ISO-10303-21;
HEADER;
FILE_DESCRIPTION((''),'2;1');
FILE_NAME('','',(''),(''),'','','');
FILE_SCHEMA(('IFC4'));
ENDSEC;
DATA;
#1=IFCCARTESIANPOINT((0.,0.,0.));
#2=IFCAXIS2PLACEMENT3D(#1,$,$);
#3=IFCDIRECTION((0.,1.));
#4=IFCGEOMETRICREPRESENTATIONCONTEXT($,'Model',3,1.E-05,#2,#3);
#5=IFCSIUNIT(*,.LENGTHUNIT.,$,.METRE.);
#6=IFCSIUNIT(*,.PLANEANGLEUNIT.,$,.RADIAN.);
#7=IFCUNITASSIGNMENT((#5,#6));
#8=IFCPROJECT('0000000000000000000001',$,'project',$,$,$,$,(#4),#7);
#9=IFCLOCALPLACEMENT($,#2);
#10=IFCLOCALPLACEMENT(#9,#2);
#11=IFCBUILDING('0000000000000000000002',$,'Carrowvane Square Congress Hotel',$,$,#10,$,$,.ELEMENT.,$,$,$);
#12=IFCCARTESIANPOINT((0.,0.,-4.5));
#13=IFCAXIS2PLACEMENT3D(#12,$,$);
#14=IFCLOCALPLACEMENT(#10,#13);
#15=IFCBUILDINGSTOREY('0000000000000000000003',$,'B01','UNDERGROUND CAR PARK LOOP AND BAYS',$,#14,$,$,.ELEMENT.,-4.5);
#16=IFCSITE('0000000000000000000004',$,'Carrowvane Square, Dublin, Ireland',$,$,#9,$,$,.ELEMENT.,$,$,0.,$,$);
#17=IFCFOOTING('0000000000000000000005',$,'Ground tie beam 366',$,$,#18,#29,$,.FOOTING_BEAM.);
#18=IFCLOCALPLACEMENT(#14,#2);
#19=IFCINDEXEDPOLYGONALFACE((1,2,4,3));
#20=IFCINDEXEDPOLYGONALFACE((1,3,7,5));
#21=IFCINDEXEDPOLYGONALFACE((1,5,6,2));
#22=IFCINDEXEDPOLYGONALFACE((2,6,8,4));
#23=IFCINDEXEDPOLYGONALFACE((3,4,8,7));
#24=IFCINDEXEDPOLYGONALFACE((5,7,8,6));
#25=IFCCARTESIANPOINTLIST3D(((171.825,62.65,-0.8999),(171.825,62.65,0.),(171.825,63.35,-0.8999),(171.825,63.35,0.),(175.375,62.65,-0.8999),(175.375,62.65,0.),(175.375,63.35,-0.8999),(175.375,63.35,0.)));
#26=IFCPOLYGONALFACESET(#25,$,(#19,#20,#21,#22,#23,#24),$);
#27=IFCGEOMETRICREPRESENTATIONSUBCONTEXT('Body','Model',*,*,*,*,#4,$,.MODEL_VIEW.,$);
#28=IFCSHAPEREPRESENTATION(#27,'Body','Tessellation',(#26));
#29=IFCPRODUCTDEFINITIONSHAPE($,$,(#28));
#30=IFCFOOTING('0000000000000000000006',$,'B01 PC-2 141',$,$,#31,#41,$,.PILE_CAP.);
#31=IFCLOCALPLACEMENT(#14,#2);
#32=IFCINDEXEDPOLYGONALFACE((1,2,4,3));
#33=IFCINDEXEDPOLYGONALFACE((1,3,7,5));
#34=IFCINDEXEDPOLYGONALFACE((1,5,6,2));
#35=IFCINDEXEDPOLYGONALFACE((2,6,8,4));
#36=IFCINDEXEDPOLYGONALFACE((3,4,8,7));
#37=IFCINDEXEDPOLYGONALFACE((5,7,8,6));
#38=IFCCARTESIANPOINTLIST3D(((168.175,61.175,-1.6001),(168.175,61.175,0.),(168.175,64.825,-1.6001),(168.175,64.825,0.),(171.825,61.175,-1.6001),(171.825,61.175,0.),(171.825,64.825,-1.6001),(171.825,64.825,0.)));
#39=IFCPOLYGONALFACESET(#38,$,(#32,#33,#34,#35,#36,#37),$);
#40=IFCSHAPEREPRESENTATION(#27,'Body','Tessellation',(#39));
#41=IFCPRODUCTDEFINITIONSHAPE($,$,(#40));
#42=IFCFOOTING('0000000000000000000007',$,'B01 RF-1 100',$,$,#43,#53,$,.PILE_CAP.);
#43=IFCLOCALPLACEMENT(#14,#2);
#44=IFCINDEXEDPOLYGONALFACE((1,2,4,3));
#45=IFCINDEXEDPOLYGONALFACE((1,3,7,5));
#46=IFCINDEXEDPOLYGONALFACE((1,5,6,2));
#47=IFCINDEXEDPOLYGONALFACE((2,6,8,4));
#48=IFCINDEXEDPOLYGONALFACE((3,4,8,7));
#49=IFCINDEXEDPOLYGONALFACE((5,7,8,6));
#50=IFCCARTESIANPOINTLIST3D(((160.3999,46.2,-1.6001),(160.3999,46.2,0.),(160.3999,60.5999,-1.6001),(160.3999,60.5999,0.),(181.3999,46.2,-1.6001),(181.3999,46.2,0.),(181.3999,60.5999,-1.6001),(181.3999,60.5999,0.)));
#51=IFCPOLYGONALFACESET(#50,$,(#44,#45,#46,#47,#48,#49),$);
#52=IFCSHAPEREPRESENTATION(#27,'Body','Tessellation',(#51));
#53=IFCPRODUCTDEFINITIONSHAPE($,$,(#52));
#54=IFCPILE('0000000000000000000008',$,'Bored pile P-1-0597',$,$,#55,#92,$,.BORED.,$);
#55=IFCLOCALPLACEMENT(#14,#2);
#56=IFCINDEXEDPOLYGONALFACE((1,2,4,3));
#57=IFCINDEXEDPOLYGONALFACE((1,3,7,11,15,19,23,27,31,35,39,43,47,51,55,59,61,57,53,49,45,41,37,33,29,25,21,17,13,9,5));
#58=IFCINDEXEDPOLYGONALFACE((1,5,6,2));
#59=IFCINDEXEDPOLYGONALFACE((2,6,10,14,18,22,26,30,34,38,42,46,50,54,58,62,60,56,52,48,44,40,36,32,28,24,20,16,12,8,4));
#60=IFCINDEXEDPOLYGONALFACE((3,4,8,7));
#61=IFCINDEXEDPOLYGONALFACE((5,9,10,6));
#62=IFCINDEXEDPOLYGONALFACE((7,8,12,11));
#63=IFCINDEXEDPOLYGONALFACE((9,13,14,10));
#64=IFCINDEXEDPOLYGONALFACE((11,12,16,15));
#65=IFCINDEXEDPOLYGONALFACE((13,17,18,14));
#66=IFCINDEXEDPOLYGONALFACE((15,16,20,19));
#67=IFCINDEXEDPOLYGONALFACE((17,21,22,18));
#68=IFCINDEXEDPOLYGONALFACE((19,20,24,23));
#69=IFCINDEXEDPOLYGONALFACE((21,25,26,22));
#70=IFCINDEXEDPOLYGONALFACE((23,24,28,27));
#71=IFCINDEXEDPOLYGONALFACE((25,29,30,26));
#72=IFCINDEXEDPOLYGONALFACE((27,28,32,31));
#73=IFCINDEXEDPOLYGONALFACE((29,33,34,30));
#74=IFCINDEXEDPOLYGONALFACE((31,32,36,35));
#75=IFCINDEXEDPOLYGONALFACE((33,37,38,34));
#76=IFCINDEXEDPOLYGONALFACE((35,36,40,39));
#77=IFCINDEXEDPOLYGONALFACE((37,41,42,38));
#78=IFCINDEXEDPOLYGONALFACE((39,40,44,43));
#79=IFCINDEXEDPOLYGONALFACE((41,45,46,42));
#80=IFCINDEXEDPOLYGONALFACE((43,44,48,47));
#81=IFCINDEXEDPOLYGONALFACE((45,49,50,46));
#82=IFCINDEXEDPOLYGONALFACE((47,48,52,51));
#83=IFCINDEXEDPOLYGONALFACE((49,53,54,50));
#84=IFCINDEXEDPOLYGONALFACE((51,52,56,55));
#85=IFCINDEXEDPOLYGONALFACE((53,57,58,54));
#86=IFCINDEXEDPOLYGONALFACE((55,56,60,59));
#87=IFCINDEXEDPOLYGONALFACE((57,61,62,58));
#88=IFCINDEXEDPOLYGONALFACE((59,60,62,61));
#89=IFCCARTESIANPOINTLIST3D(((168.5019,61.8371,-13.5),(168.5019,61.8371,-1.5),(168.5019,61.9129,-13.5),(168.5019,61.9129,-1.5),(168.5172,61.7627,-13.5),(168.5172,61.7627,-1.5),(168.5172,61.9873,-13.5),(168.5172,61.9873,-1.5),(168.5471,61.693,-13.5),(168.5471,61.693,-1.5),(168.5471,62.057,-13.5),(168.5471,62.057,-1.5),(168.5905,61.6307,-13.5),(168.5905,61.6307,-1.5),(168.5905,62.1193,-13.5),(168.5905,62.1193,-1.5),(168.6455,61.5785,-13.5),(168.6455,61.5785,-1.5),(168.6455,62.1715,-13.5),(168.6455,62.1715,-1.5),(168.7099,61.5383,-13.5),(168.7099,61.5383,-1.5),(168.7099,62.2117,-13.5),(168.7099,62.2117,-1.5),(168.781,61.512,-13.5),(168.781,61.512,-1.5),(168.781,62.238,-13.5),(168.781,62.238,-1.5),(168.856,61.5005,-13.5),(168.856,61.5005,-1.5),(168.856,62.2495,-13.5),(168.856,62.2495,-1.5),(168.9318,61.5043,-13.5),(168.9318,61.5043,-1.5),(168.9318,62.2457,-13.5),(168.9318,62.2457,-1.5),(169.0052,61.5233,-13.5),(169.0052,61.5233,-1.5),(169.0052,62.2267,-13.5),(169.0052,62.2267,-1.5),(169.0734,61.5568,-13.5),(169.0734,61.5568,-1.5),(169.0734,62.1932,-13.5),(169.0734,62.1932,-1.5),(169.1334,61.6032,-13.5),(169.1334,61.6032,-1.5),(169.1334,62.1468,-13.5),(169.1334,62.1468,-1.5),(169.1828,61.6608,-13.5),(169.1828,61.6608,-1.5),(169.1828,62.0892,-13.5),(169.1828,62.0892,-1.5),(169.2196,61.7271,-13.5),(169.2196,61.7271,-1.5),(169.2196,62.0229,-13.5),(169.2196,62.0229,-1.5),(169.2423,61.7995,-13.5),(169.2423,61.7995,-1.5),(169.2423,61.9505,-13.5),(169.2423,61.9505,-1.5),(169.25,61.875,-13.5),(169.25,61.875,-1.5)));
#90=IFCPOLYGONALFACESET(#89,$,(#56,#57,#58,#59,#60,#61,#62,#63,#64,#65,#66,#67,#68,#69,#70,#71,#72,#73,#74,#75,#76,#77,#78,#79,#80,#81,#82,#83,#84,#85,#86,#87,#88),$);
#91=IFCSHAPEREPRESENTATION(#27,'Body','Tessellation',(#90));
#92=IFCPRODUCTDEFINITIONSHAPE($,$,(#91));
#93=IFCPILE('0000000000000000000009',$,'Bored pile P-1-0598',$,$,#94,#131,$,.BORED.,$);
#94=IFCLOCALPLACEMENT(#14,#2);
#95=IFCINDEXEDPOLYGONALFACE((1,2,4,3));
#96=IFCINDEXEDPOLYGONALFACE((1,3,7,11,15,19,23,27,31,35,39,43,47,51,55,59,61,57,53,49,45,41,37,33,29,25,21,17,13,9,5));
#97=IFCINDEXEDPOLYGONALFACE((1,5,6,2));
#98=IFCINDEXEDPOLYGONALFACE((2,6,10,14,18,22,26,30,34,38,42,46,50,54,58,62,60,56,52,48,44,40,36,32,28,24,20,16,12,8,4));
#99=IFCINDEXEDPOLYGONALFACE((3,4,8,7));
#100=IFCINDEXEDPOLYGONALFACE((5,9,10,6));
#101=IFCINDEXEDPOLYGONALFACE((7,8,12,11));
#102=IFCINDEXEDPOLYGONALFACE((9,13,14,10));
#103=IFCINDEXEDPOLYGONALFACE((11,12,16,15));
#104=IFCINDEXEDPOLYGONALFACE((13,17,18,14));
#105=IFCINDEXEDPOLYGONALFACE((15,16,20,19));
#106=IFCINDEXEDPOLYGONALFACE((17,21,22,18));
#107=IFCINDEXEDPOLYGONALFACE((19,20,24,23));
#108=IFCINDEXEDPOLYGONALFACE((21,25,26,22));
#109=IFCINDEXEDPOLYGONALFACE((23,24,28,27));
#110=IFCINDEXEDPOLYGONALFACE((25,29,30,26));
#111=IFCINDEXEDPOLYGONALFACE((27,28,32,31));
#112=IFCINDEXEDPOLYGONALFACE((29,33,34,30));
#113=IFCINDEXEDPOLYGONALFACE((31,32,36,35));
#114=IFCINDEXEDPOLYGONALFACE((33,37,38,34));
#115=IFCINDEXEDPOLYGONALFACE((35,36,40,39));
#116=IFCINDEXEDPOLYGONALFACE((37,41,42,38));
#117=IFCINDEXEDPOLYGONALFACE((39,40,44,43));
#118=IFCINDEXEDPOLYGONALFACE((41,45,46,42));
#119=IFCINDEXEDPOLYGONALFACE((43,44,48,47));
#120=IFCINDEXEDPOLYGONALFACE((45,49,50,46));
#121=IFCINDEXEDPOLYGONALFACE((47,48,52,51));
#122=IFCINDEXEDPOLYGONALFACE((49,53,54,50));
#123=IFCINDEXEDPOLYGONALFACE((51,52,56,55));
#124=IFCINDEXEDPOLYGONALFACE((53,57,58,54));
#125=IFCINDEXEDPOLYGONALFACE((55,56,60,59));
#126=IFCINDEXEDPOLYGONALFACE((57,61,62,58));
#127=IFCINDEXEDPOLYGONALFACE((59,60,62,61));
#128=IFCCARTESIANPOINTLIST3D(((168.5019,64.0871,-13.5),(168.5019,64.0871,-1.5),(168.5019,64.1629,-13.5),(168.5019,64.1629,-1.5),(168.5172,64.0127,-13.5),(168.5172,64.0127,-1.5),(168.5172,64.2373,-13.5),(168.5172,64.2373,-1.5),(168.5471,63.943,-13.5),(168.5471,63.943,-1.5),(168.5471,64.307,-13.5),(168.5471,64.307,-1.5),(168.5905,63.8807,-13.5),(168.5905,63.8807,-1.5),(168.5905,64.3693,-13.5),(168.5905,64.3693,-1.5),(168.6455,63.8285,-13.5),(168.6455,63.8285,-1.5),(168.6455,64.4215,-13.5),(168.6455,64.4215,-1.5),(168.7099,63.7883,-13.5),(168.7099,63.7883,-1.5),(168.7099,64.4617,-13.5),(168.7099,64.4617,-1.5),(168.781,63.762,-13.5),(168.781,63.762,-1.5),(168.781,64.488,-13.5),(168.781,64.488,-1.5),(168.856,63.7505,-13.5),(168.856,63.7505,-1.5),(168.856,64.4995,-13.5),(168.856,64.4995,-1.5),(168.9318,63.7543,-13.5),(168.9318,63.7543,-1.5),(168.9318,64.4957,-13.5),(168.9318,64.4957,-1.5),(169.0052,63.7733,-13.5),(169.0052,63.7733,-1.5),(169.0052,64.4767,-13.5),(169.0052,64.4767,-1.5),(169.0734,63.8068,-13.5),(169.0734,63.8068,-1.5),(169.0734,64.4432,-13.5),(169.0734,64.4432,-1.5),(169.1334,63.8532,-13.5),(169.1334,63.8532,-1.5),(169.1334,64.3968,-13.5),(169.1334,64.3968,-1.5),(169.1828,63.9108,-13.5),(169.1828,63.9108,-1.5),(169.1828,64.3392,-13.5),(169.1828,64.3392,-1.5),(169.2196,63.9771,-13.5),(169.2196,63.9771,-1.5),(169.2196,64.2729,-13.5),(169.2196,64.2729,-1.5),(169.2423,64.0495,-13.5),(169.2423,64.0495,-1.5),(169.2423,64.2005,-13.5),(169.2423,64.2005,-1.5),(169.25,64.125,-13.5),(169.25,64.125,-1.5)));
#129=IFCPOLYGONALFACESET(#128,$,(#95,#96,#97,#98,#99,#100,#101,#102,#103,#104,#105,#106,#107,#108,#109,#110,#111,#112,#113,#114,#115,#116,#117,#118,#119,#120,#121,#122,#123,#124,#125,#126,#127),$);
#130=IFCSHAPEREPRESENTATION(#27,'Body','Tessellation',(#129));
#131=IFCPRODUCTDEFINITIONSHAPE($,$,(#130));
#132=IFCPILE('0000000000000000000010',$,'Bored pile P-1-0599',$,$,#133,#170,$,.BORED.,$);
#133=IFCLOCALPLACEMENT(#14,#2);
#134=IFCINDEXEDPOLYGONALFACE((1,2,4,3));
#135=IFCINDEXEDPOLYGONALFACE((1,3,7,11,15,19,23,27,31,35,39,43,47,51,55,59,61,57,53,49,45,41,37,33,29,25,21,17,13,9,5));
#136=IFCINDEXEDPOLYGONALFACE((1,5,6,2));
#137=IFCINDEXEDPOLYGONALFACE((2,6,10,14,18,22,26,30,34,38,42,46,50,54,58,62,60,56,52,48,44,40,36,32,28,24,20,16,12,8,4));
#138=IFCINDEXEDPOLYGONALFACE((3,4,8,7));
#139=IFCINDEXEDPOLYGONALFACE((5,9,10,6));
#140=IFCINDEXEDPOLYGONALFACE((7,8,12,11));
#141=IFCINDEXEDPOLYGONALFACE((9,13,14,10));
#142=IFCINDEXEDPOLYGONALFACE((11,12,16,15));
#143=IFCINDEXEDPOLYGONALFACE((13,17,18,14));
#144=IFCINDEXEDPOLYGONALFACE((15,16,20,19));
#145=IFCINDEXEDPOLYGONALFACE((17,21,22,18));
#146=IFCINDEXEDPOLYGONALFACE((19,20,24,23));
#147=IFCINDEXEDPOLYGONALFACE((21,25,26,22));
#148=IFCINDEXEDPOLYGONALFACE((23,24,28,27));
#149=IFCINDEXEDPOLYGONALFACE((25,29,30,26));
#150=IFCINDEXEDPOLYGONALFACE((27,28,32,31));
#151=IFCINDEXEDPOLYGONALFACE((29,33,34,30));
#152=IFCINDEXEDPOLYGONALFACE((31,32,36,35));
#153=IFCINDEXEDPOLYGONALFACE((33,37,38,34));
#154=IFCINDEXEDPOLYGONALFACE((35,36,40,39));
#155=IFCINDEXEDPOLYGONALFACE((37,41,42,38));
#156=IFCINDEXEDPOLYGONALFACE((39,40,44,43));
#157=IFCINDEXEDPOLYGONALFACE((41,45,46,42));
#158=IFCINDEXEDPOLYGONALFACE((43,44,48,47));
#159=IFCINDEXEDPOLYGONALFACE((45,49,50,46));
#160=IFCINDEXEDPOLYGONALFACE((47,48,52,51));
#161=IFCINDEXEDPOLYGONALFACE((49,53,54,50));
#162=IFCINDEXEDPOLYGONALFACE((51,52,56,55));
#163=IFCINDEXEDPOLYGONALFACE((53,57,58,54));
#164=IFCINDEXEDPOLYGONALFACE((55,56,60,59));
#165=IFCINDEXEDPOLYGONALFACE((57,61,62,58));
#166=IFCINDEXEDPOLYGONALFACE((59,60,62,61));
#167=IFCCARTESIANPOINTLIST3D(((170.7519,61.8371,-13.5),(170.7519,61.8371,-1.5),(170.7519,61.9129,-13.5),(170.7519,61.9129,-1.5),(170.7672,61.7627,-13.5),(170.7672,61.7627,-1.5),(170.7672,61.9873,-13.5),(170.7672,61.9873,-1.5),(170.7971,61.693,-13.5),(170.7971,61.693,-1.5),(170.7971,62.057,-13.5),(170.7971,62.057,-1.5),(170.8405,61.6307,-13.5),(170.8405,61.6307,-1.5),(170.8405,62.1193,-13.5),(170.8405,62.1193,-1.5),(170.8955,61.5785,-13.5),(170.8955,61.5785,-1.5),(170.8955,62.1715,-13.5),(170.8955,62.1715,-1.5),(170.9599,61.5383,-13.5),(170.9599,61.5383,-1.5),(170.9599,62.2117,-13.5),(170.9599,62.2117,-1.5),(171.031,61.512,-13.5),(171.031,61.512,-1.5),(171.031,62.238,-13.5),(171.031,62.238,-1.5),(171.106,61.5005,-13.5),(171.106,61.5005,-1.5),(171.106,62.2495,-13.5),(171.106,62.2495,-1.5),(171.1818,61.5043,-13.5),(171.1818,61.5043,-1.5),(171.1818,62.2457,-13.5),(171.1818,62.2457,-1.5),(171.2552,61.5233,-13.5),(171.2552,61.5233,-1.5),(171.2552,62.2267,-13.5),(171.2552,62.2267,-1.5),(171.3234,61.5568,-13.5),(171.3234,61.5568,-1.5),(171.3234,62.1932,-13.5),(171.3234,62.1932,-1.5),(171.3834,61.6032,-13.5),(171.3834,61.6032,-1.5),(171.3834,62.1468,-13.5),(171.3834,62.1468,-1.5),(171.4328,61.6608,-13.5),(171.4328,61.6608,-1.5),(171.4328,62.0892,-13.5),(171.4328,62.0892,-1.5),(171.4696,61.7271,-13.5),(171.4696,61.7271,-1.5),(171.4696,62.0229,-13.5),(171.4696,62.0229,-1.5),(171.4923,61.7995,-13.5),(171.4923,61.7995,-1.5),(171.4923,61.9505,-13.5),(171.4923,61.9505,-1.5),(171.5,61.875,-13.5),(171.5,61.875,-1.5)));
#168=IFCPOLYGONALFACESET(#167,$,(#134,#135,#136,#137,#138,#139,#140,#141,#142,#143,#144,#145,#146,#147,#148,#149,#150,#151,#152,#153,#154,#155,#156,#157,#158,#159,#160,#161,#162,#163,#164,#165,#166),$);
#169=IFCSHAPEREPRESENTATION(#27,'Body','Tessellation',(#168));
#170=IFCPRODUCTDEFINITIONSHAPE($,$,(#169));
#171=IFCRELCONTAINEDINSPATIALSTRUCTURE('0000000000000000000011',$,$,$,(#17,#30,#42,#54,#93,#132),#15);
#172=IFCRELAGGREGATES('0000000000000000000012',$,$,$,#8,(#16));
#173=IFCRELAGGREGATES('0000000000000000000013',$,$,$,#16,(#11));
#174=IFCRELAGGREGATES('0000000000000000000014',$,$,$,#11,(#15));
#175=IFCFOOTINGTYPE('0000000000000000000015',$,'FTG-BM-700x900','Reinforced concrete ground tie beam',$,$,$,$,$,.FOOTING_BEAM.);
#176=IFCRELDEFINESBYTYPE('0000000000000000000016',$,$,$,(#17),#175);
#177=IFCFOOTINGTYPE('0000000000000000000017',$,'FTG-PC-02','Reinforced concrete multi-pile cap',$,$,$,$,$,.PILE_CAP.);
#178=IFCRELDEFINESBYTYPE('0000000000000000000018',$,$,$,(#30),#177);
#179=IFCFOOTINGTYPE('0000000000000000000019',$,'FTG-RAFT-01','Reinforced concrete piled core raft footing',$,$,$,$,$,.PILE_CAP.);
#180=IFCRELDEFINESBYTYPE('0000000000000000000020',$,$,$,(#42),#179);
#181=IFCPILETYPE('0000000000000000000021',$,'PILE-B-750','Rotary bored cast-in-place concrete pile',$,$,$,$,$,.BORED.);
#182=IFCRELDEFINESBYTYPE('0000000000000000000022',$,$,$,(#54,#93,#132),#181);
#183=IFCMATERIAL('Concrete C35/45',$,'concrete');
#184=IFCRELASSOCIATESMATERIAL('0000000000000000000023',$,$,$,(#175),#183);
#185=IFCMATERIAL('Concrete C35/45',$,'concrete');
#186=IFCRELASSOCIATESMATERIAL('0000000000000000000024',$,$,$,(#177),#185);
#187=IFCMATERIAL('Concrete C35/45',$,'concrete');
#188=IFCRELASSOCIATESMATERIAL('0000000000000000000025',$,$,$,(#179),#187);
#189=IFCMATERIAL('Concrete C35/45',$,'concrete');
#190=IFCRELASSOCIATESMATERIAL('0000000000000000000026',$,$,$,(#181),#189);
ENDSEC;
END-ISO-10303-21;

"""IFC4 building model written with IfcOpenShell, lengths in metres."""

from ifc_helpers import new_model, si_unit, direction, frame, origin, origin_2d, place, context, subcontext, project, spatial, rectangle, circle, extrude, material, material_profile, profile_set, type_object, element, save


model = new_model("IFC4")

# Units and contexts
model_context = context("Model", 3, precision=1e-05, world=origin(), true_north=direction((0.0, 1.0)))
body_context = subcontext(model_context, "Body", "Model", "MODEL_VIEW")
ifc_project = project(units=[si_unit("LENGTHUNIT", "METRE"), si_unit("PLANEANGLEUNIT", "RADIAN")], contexts=[model_context])

# Site, building, storey
site_placement = place(None, origin())
site = spatial("IfcSite", under=ifc_project, at=site_placement, Name="Carrowvane Square, Dublin, Ireland", CompositionType="ELEMENT", RefElevation=0.0)
building_placement = place(site_placement, origin())
building = spatial("IfcBuilding", under=site, at=building_placement, Name="Carrowvane Square Congress Hotel", CompositionType="ELEMENT")
storey_placement = place(building_placement, frame((0.0, 0.0, -4.5)))
storey = spatial("IfcBuildingStorey", under=building, at=storey_placement, Name="B01", Description="UNDERGROUND CAR PARK LOOP AND BAYS", CompositionType="ELEMENT", Elevation=-4.5)

# Footings
ifc_material_1 = material(Name="Concrete C35/45", Category="concrete")
ifc_material_profile_1 = material_profile(ifc_material_1, rectangle(XDim=0.7, YDim=0.8999, at=origin_2d()), Name="RC 700x900")
ifc_profile_set_1 = profile_set([ifc_material_profile_1], Name="Concrete C35/45")
footing_type_1 = type_object("IfcFootingType", Name="FTG-BM-700x900", Description="Reinforced concrete ground tie beam", PredefinedType="FOOTING_BEAM", material=ifc_profile_set_1)
footing_1_placement = place(storey_placement, frame((171.825, 63.0, -0.45), z_axis=(1.0, 0.0, 0.0), x_axis=(0.0, 1.0, 0.0)))
element("IfcFooting", 1, at=footing_1_placement, inside=storey, type_object=footing_type_1, Name="Ground tie beam 366", PredefinedType="FOOTING_BEAM", context=body_context, shape_type="SweptSolid", body=[
    extrude(rectangle(XDim=0.7, YDim=0.8999, at=origin_2d()), origin(), (0.0, 0.0, 1.0), 3.55),
])
ifc_material_2 = material(Name="Concrete C35/45", Category="concrete")
footing_type_2 = type_object("IfcFootingType", Name="FTG-PC-02", Description="Reinforced concrete multi-pile cap", PredefinedType="PILE_CAP", material=ifc_material_2)
footing_2_placement = place(storey_placement, frame((170.0, 63.0, -1.6001), z_axis=(0.0, 0.0, 1.0), x_axis=(1.0, 0.0, 0.0)))
element("IfcFooting", 2, at=footing_2_placement, inside=storey, type_object=footing_type_2, Name="B01 PC-2 141", PredefinedType="PILE_CAP", context=body_context, shape_type="SweptSolid", body=[
    extrude(rectangle(XDim=3.6499, YDim=3.6499, at=origin_2d()), origin(), (0.0, 0.0, 1.0), 1.6001),
])
ifc_material_3 = material(Name="Concrete C35/45", Category="concrete")
footing_type_3 = type_object("IfcFootingType", Name="FTG-RAFT-01", Description="Reinforced concrete piled core raft footing", PredefinedType="PILE_CAP", material=ifc_material_3)
footing_3_placement = place(storey_placement, frame((170.8999, 53.3999, -1.6001), z_axis=(0.0, 0.0, 1.0), x_axis=(1.0, 0.0, 0.0)))
element("IfcFooting", 3, at=footing_3_placement, inside=storey, type_object=footing_type_3, Name="B01 RF-1 100", PredefinedType="PILE_CAP", context=body_context, shape_type="SweptSolid", body=[
    extrude(rectangle(XDim=21.0, YDim=14.3999, at=origin_2d()), origin(), (0.0, 0.0, 1.0), 1.6001),
])

# Piles
ifc_material_4 = material(Name="Concrete C35/45", Category="concrete")
ifc_material_profile_2 = material_profile(ifc_material_4, circle(Radius=0.375, at=origin_2d()), Name="PILE D750")
ifc_profile_set_2 = profile_set([ifc_material_profile_2], Name="Concrete C35/45")
pile_type_1 = type_object("IfcPileType", Name="PILE-B-750", Description="Rotary bored cast-in-place concrete pile", PredefinedType="BORED", material=ifc_profile_set_2)
for number, where, z_axis, x_axis, name in (
    (4, (168.875, 61.875, -1.5), (0.0, 0.0, -1.0), (1.0, 0.0, 0.0), "Bored pile P-1-0597"),
    (5, (168.875, 64.125, -1.5), (0.0, 0.0, -1.0), (1.0, 0.0, 0.0), "Bored pile P-1-0598"),
    (6, (171.125, 61.875, -1.5), (0.0, 0.0, -1.0), (1.0, 0.0, 0.0), "Bored pile P-1-0599"),
):
    element("IfcPile", number, at=place(storey_placement, frame(where, z_axis=z_axis, x_axis=x_axis)), inside=storey, type_object=pile_type_1, Name=name, PredefinedType="BORED", context=body_context, shape_type="SweptSolid", body=[
        extrude(circle(Radius=0.375, at=origin_2d()), origin(), (0.0, 0.0, 1.0), 12.0),
    ])

save(model, "model.ifc")
